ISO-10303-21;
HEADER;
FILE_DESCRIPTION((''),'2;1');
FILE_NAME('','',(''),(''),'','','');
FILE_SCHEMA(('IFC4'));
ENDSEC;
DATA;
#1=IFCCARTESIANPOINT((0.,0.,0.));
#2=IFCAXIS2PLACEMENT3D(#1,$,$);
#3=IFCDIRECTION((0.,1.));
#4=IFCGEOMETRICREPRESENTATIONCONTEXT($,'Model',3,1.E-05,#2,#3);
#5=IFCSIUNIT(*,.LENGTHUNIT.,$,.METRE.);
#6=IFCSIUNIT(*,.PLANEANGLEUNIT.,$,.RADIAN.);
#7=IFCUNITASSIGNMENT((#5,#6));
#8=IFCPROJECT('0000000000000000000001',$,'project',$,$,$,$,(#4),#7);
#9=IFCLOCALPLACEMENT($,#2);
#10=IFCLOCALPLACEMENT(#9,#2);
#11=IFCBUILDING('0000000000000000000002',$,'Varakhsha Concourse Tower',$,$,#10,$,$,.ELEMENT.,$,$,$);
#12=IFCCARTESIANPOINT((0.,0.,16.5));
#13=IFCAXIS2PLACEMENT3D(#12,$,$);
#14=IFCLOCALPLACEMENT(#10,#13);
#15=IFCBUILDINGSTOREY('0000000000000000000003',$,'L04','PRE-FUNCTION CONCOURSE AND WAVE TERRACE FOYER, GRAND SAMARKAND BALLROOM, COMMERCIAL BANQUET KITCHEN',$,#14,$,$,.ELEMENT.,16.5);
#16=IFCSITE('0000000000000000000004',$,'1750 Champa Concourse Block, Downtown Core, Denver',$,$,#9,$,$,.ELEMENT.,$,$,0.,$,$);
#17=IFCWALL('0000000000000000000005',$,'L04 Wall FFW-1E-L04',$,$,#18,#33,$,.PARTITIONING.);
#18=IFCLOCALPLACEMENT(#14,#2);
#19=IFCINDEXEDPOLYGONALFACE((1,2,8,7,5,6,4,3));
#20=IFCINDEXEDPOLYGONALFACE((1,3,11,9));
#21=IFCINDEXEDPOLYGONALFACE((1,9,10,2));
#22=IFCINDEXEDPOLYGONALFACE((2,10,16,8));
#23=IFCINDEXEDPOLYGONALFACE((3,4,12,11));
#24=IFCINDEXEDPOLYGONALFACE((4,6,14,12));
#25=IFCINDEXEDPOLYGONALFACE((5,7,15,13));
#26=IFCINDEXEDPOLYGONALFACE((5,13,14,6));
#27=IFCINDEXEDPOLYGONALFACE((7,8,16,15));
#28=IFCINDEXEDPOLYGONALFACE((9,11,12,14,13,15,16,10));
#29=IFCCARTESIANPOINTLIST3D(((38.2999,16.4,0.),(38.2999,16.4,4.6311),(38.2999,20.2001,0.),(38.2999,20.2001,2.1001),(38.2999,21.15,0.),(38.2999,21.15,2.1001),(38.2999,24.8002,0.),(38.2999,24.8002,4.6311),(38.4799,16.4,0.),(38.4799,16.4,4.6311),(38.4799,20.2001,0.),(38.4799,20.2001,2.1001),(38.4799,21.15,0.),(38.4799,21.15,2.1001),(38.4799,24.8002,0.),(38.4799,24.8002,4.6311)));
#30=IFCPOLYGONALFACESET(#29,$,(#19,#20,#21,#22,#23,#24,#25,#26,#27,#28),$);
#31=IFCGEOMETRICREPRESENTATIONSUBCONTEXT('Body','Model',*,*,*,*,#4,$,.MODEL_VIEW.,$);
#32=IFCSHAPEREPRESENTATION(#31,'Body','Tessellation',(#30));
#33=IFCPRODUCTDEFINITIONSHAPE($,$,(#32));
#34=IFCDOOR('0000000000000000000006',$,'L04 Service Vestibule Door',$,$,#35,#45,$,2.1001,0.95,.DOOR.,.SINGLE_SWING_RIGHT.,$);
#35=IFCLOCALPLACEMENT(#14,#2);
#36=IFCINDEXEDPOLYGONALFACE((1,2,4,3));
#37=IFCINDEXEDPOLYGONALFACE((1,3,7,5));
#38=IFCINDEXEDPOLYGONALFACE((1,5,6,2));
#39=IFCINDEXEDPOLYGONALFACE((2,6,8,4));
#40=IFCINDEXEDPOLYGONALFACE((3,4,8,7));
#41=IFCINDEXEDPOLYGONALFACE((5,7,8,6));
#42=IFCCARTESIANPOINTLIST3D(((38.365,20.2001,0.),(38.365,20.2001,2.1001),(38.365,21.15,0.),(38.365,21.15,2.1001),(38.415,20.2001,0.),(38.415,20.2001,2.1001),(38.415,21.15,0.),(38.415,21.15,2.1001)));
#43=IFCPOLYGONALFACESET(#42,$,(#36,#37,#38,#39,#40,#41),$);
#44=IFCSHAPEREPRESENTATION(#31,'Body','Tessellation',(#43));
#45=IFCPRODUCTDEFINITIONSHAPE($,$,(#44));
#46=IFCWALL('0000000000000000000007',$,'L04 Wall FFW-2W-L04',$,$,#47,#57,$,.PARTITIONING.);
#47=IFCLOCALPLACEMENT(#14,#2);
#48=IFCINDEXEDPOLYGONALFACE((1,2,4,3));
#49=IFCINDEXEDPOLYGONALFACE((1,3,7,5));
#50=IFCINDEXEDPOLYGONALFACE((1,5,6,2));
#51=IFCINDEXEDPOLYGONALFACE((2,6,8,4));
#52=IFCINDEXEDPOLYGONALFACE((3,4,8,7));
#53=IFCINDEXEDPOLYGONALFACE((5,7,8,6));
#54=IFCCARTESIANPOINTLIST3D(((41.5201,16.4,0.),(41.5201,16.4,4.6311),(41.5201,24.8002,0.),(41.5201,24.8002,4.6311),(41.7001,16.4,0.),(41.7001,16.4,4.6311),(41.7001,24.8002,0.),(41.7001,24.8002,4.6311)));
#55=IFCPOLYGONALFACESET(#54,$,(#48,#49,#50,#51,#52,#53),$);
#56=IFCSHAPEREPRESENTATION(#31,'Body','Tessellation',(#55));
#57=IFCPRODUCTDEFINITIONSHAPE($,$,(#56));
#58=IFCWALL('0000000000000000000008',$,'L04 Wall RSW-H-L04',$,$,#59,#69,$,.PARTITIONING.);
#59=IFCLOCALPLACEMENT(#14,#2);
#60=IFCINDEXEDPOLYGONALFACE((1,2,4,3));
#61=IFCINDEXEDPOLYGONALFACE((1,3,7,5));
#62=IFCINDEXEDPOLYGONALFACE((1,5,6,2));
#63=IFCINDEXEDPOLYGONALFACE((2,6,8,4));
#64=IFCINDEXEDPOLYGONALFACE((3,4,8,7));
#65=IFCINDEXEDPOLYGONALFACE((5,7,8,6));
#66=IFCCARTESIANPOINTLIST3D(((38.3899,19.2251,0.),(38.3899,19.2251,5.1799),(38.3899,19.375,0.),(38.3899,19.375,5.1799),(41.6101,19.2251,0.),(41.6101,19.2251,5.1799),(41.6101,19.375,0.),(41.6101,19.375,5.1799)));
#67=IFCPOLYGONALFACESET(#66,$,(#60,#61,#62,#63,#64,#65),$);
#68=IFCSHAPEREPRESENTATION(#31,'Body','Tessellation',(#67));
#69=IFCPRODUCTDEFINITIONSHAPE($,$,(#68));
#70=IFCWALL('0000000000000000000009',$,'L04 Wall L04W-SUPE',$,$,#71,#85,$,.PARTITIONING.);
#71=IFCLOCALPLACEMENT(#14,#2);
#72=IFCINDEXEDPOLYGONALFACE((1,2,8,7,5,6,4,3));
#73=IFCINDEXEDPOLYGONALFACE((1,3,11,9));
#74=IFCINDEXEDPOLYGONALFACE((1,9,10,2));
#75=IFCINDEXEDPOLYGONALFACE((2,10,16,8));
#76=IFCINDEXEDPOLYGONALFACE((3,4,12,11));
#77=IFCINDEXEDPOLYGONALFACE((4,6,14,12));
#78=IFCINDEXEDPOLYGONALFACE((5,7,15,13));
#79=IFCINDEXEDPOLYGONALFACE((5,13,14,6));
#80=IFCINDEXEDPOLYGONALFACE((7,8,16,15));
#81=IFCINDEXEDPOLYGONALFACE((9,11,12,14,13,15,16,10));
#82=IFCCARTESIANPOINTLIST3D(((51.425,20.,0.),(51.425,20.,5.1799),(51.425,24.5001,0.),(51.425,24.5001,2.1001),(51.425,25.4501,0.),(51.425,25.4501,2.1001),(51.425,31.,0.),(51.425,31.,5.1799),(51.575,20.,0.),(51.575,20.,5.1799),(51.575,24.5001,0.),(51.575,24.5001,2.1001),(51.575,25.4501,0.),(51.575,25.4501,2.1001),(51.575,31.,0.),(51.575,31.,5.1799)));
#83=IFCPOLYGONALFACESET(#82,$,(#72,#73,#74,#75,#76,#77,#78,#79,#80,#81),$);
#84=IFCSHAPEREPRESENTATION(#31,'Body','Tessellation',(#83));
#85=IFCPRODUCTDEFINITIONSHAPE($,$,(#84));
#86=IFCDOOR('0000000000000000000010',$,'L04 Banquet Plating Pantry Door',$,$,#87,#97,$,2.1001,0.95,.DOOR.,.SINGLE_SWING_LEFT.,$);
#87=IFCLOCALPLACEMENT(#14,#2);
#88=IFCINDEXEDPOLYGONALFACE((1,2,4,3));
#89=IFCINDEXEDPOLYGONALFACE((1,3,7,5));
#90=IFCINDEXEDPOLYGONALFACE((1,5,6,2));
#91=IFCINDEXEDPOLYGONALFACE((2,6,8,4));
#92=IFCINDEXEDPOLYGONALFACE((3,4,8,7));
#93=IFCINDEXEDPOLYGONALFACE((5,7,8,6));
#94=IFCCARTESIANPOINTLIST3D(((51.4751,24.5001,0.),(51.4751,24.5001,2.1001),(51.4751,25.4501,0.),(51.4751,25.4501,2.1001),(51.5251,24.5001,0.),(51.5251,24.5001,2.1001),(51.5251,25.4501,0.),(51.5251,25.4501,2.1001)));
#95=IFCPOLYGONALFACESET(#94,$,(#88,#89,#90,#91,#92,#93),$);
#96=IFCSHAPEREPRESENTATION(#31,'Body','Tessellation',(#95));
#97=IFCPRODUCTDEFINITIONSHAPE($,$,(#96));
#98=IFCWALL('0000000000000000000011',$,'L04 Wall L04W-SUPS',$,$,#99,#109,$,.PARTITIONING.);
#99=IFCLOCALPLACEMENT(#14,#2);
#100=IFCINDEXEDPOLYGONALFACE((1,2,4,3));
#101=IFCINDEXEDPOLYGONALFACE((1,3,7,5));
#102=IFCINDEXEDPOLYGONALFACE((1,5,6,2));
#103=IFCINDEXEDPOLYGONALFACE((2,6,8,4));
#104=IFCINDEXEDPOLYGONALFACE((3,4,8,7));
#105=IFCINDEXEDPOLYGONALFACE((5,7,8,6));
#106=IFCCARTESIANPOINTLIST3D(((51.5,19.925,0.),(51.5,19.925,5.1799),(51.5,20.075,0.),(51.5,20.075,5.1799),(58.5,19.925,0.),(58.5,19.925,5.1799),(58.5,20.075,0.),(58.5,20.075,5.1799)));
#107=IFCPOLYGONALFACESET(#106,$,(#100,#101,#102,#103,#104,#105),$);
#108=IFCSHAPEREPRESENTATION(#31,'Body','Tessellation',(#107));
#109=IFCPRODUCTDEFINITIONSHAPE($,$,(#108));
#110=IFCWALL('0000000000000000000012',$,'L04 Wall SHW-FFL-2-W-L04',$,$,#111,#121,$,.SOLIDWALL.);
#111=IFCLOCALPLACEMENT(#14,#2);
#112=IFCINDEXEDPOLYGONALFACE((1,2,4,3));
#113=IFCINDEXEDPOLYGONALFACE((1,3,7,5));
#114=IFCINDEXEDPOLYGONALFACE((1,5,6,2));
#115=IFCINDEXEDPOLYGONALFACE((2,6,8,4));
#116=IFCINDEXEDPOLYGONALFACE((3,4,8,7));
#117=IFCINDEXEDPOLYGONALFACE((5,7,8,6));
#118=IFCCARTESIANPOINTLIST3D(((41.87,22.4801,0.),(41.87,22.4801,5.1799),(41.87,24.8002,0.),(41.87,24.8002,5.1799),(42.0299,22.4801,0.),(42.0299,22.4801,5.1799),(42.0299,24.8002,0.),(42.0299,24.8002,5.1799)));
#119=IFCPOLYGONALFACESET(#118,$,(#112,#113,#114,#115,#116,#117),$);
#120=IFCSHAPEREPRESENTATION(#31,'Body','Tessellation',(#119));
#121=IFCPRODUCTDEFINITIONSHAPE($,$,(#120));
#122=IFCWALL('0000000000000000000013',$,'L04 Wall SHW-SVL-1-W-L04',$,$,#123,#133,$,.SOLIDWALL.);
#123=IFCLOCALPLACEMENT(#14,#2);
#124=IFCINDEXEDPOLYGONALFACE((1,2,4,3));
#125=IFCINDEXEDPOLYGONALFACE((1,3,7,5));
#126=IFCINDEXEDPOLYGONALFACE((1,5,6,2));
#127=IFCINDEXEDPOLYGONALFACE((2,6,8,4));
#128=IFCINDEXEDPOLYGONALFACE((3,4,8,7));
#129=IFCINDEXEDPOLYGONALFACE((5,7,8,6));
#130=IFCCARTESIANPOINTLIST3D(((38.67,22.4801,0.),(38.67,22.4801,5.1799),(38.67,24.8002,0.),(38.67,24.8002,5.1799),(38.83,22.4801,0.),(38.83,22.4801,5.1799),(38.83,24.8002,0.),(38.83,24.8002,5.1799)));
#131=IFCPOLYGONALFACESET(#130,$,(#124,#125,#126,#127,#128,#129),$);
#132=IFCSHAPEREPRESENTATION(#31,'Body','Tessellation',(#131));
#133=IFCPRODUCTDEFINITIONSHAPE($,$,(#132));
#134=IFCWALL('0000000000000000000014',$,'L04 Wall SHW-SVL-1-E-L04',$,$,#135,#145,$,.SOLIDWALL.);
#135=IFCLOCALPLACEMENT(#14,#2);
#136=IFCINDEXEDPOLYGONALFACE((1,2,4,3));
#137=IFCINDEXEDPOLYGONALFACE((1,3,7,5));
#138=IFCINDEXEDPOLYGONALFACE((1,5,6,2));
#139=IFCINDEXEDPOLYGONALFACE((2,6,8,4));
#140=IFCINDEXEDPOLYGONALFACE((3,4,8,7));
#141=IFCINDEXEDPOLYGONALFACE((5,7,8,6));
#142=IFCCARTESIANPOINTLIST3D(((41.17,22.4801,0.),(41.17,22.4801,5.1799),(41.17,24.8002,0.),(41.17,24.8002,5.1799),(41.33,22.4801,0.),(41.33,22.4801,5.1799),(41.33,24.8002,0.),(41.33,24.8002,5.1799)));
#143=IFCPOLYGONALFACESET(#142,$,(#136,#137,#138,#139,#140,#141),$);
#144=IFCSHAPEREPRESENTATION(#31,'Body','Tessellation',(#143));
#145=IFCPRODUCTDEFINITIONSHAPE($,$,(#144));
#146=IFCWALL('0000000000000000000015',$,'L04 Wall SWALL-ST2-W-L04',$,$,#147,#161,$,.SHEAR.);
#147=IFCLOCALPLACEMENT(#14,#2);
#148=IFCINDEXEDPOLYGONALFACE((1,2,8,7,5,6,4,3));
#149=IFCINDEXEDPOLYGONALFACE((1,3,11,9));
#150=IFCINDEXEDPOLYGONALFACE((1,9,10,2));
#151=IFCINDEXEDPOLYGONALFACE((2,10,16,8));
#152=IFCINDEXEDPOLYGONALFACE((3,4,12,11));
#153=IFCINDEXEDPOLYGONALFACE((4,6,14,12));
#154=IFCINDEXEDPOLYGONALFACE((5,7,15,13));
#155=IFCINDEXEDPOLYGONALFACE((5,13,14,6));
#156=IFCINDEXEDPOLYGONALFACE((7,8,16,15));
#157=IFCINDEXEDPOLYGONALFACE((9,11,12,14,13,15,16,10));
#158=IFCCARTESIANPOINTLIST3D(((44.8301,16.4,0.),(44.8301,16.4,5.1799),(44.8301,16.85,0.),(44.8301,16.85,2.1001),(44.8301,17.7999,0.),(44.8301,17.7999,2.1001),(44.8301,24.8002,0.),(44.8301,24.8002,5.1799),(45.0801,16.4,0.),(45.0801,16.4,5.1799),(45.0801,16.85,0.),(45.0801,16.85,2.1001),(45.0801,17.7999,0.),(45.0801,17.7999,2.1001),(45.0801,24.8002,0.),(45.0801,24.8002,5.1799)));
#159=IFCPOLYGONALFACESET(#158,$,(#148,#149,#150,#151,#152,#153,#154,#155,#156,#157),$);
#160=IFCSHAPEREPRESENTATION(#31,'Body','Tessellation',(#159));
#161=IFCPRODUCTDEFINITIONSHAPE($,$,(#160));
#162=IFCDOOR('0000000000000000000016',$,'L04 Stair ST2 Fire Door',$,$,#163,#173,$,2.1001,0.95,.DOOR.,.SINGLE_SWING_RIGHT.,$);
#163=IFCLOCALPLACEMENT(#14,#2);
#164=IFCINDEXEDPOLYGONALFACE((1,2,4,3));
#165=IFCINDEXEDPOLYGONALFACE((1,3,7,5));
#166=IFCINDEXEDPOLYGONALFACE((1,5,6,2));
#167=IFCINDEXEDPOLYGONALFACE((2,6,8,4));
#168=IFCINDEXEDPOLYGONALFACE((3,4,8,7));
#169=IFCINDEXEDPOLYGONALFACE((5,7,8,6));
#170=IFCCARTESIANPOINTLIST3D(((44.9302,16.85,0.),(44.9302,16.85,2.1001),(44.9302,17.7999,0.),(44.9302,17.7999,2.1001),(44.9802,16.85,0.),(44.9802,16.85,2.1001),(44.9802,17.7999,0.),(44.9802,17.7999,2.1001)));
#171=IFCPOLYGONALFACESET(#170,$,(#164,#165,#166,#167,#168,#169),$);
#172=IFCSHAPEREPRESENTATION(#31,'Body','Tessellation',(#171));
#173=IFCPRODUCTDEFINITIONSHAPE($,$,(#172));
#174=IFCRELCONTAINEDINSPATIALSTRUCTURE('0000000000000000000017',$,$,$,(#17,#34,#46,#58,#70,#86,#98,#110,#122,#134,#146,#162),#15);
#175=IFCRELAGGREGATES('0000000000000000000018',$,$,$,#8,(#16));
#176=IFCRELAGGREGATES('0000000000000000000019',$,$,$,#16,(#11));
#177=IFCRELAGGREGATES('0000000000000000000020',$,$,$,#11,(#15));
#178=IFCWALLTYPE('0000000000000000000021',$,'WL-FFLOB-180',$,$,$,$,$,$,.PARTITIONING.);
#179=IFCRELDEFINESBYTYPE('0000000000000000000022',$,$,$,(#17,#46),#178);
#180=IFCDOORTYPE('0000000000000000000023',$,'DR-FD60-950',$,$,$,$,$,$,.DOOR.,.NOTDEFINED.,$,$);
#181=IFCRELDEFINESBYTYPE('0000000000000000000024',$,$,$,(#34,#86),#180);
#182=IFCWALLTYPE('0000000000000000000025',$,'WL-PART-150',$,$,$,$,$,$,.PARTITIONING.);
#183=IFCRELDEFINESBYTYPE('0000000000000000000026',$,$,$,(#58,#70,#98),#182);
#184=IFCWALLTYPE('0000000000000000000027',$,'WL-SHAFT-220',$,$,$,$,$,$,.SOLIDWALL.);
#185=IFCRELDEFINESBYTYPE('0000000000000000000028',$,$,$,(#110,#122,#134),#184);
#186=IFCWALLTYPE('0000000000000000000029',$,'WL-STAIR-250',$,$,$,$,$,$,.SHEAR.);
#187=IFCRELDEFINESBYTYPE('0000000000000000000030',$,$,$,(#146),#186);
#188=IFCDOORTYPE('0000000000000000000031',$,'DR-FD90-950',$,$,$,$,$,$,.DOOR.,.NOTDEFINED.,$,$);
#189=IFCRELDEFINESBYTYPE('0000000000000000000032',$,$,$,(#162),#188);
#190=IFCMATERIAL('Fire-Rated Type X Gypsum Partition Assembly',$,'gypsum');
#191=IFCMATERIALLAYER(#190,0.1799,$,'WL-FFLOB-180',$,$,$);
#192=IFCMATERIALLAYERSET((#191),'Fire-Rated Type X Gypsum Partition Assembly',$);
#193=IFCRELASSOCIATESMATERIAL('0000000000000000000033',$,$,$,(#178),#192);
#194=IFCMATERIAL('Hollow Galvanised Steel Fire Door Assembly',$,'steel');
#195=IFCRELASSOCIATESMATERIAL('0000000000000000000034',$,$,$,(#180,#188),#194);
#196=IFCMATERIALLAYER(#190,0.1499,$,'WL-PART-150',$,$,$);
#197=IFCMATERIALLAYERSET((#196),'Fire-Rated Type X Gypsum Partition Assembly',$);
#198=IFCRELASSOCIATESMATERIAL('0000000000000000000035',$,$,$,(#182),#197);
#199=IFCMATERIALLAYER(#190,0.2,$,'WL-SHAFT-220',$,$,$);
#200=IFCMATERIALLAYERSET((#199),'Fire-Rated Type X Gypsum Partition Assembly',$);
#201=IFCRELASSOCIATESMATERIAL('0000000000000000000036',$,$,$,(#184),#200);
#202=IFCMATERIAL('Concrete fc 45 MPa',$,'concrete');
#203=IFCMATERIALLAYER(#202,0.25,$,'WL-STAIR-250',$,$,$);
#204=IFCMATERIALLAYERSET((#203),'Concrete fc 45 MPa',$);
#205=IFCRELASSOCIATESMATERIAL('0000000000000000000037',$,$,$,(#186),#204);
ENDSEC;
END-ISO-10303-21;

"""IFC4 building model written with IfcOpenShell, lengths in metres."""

from ifc_helpers import new_model, si_unit, direction, frame, frame_2d, origin, place, context, subcontext, project, spatial, rectangle, extrude, material, layer, layer_set, type_object, element, fill, save


model = new_model("IFC4")

# Units and contexts
model_context = context("Model", 3, precision=1e-05, world=origin(), true_north=direction((0.0, 1.0)))
body_context = subcontext(model_context, "Body", "Model", "MODEL_VIEW")
ifc_project = project(units=[si_unit("LENGTHUNIT", "METRE"), si_unit("PLANEANGLEUNIT", "RADIAN")], contexts=[model_context])

# Site, building, storey
site_placement = place(None, origin())
site = spatial("IfcSite", under=ifc_project, at=site_placement, Name="1750 Champa Concourse Block, Downtown Core, Denver", CompositionType="ELEMENT", RefElevation=0.0)
building_placement = place(site_placement, origin())
building = spatial("IfcBuilding", under=site, at=building_placement, Name="Varakhsha Concourse Tower", CompositionType="ELEMENT")
storey_placement = place(building_placement, frame((0.0, 0.0, 16.5)))
storey = spatial("IfcBuildingStorey", under=building, at=storey_placement, Name="L04", Description="PRE-FUNCTION CONCOURSE AND WAVE TERRACE FOYER, GRAND SAMARKAND BALLROOM, COMMERCIAL BANQUET KITCHEN", CompositionType="ELEMENT", Elevation=16.5)

# Wall, opening, door
ifc_material_1 = material(Name="Fire-Rated Type X Gypsum Partition Assembly", Category="gypsum")
ifc_layer_1 = layer(ifc_material_1, 0.1799, Name="WL-FFLOB-180")
ifc_layer_set_1 = layer_set([ifc_layer_1], Name="Fire-Rated Type X Gypsum Partition Assembly")
wall_type_1 = type_object("IfcWallType", Name="WL-FFLOB-180", PredefinedType="PARTITIONING", material=ifc_layer_set_1)
wall_1_placement = place(storey_placement, frame((38.3899, 16.3999, 0.0), z_axis=(0.0, 0.0, 1.0), x_axis=(0.0, 1.0, 0.0)))
wall_1 = element("IfcWall", 1, at=wall_1_placement, inside=storey, type_object=wall_type_1, Name="L04 Wall FFW-1E-L04", PredefinedType="PARTITIONING", context=body_context, shape_type="SweptSolid", body=[
    extrude(rectangle(XDim=8.4001, YDim=0.1799, at=frame_2d((4.2002, 0.0))), origin(), (0.0, 0.0, 1.0), 4.6311),
])
opening_1_placement = place(wall_1_placement, frame((3.8, 0.0, 0.0)))
opening_1 = element("IfcOpeningElement", 2, at=opening_1_placement, cuts=wall_1, PredefinedType="OPENING", context=body_context, shape_type="SweptSolid", body=[
    extrude(rectangle(XDim=0.95, YDim=2.1001, at=frame_2d((0.4751, 1.05))), frame((0.0, 0.0999, 0.0), z_axis=(0.0, -1.0, 0.0), x_axis=(1.0, 0.0, 0.0)), (0.0, 0.0, 1.0), 0.2),
])
ifc_material_2 = material(Name="Hollow Galvanised Steel Fire Door Assembly", Category="steel")
door_type_1 = type_object("IfcDoorType", Name="DR-FD60-950", OperationType="NOTDEFINED", PredefinedType="DOOR", material=ifc_material_2)
door_1_placement = place(opening_1_placement, origin())
door_1 = element("IfcDoor", 3, at=door_1_placement, inside=storey, type_object=door_type_1, Name="L04 Service Vestibule Door", OperationType="SINGLE_SWING_RIGHT", OverallHeight=2.1001, OverallWidth=0.95, PredefinedType="DOOR", context=body_context, shape_type="SweptSolid", body=[
    extrude(rectangle(XDim=0.95, YDim=2.1001, at=frame_2d((0.4751, 1.05))), frame((0.0, 0.0249, 0.0), z_axis=(0.0, -1.0, 0.0), x_axis=(1.0, 0.0, 0.0)), (0.0, 0.0, 1.0), 0.05),
])
fill(opening_1, door_1)

# Walls
wall_2_placement = place(storey_placement, frame((41.6101, 16.3999, 0.0), z_axis=(0.0, 0.0, 1.0), x_axis=(0.0, 1.0, 0.0)))
element("IfcWall", 4, at=wall_2_placement, inside=storey, type_object=wall_type_1, Name="L04 Wall FFW-2W-L04", PredefinedType="PARTITIONING", context=body_context, shape_type="SweptSolid", body=[
    extrude(rectangle(XDim=8.4001, YDim=0.1799, at=frame_2d((4.2002, 0.0))), origin(), (0.0, 0.0, 1.0), 4.6311),
])
ifc_layer_2 = layer(ifc_material_1, 0.1499, Name="WL-PART-150")
ifc_layer_set_2 = layer_set([ifc_layer_2], Name="Fire-Rated Type X Gypsum Partition Assembly")
wall_type_2 = type_object("IfcWallType", Name="WL-PART-150", PredefinedType="PARTITIONING", material=ifc_layer_set_2)
wall_3_placement = place(storey_placement, frame((38.3899, 19.3, 0.0), z_axis=(0.0, 0.0, 1.0), x_axis=(1.0, 0.0, 0.0)))
element("IfcWall", 5, at=wall_3_placement, inside=storey, type_object=wall_type_2, Name="L04 Wall RSW-H-L04", PredefinedType="PARTITIONING", context=body_context, shape_type="SweptSolid", body=[
    extrude(rectangle(XDim=3.2202, YDim=0.1499, at=frame_2d((1.6101, 0.0))), origin(), (0.0, 0.0, 1.0), 5.1799),
])

# Wall, opening, door
wall_4_placement = place(storey_placement, frame((51.5, 20.0, 0.0), z_axis=(0.0, 0.0, 1.0), x_axis=(0.0, 1.0, 0.0)))
wall_4 = element("IfcWall", 6, at=wall_4_placement, inside=storey, type_object=wall_type_2, Name="L04 Wall L04W-SUPE", PredefinedType="PARTITIONING", context=body_context, shape_type="SweptSolid", body=[
    extrude(rectangle(XDim=11.0, YDim=0.1499, at=frame_2d((5.5, 0.0))), origin(), (0.0, 0.0, 1.0), 5.1799),
])
opening_2_placement = place(wall_4_placement, frame((4.5, 0.0, 0.0)))
opening_2 = element("IfcOpeningElement", 7, at=opening_2_placement, cuts=wall_4, PredefinedType="OPENING", context=body_context, shape_type="SweptSolid", body=[
    extrude(rectangle(XDim=0.95, YDim=2.1001, at=frame_2d((0.4751, 1.05))), frame((0.0, 0.085, 0.0), z_axis=(0.0, -1.0, 0.0), x_axis=(1.0, 0.0, 0.0)), (0.0, 0.0, 1.0), 0.1699),
])
door_2_placement = place(opening_2_placement, origin())
door_2 = element("IfcDoor", 8, at=door_2_placement, inside=storey, type_object=door_type_1, Name="L04 Banquet Plating Pantry Door", OperationType="SINGLE_SWING_LEFT", OverallHeight=2.1001, OverallWidth=0.95, PredefinedType="DOOR", context=body_context, shape_type="SweptSolid", body=[
    extrude(rectangle(XDim=0.95, YDim=2.1001, at=frame_2d((0.4751, 1.05))), frame((0.0, 0.0249, 0.0), z_axis=(0.0, -1.0, 0.0), x_axis=(1.0, 0.0, 0.0)), (0.0, 0.0, 1.0), 0.05),
])
fill(opening_2, door_2)

# Walls
wall_5_placement = place(storey_placement, frame((51.5, 20.0, 0.0), z_axis=(0.0, 0.0, 1.0), x_axis=(1.0, 0.0, 0.0)))
element("IfcWall", 9, at=wall_5_placement, inside=storey, type_object=wall_type_2, Name="L04 Wall L04W-SUPS", PredefinedType="PARTITIONING", context=body_context, shape_type="SweptSolid", body=[
    extrude(rectangle(XDim=7.0, YDim=0.1499, at=frame_2d((3.5, 0.0))), origin(), (0.0, 0.0, 1.0), 5.1799),
])
ifc_layer_3 = layer(ifc_material_1, 0.2, Name="WL-SHAFT-220")
ifc_layer_set_3 = layer_set([ifc_layer_3], Name="Fire-Rated Type X Gypsum Partition Assembly")
wall_type_3 = type_object("IfcWallType", Name="WL-SHAFT-220", PredefinedType="SOLIDWALL", material=ifc_layer_set_3)
for number, where, z_axis, x_axis, name in (
    (10, (41.95, 22.48, 0.0), (0.0, 0.0, 1.0), (0.0, 1.0, 0.0), "L04 Wall SHW-FFL-2-W-L04"),
    (11, (38.75, 22.48, 0.0), (0.0, 0.0, 1.0), (0.0, 1.0, 0.0), "L04 Wall SHW-SVL-1-W-L04"),
    (12, (41.25, 22.48, 0.0), (0.0, 0.0, 1.0), (0.0, 1.0, 0.0), "L04 Wall SHW-SVL-1-E-L04"),
):
    element("IfcWall", number, at=place(storey_placement, frame(where, z_axis=z_axis, x_axis=x_axis)), inside=storey, type_object=wall_type_3, Name=name, PredefinedType="SOLIDWALL", context=body_context, shape_type="SweptSolid", body=[
        extrude(rectangle(XDim=2.3201, YDim=0.1599, at=frame_2d((1.1602, 0.0))), origin(), (0.0, 0.0, 1.0), 5.1799),
    ])

# Wall, opening, door
ifc_material_3 = material(Name="Concrete fc 45 MPa", Category="concrete")
ifc_layer_4 = layer(ifc_material_3, 0.25, Name="WL-STAIR-250")
ifc_layer_set_4 = layer_set([ifc_layer_4], Name="Concrete fc 45 MPa")
wall_type_4 = type_object("IfcWallType", Name="WL-STAIR-250", PredefinedType="SHEAR", material=ifc_layer_set_4)
wall_6_placement = place(storey_placement, frame((44.9551, 16.3999, 0.0), z_axis=(0.0, 0.0, 1.0), x_axis=(0.0, 1.0, 0.0)))
wall_6 = element("IfcWall", 13, at=wall_6_placement, inside=storey, type_object=wall_type_4, Name="L04 Wall SWALL-ST2-W-L04", PredefinedType="SHEAR", context=body_context, shape_type="SweptSolid", body=[
    extrude(rectangle(XDim=8.4001, YDim=0.25, at=frame_2d((4.2002, 0.0))), origin(), (0.0, 0.0, 1.0), 5.1799),
])
opening_3_placement = place(wall_6_placement, frame((0.45, 0.0, 0.0)))
opening_3 = element("IfcOpeningElement", 14, at=opening_3_placement, cuts=wall_6, PredefinedType="OPENING", context=body_context, shape_type="SweptSolid", body=[
    extrude(rectangle(XDim=0.95, YDim=2.1001, at=frame_2d((0.4751, 1.05))), frame((0.0, 0.135, 0.0), z_axis=(0.0, -1.0, 0.0), x_axis=(1.0, 0.0, 0.0)), (0.0, 0.0, 1.0), 0.27),
])
door_type_2 = type_object("IfcDoorType", Name="DR-FD90-950", OperationType="NOTDEFINED", PredefinedType="DOOR", material=ifc_material_2)
door_3_placement = place(opening_3_placement, origin())
door_3 = element("IfcDoor", 15, at=door_3_placement, inside=storey, type_object=door_type_2, Name="L04 Stair ST2 Fire Door", OperationType="SINGLE_SWING_RIGHT", OverallHeight=2.1001, OverallWidth=0.95, PredefinedType="DOOR", context=body_context, shape_type="SweptSolid", body=[
    extrude(rectangle(XDim=0.95, YDim=2.1001, at=frame_2d((0.4751, 1.05))), frame((0.0, 0.0249, 0.0), z_axis=(0.0, -1.0, 0.0), x_axis=(1.0, 0.0, 0.0)), (0.0, 0.0, 1.0), 0.05),
])
fill(opening_3, door_3)

save(model, "model.ifc")
